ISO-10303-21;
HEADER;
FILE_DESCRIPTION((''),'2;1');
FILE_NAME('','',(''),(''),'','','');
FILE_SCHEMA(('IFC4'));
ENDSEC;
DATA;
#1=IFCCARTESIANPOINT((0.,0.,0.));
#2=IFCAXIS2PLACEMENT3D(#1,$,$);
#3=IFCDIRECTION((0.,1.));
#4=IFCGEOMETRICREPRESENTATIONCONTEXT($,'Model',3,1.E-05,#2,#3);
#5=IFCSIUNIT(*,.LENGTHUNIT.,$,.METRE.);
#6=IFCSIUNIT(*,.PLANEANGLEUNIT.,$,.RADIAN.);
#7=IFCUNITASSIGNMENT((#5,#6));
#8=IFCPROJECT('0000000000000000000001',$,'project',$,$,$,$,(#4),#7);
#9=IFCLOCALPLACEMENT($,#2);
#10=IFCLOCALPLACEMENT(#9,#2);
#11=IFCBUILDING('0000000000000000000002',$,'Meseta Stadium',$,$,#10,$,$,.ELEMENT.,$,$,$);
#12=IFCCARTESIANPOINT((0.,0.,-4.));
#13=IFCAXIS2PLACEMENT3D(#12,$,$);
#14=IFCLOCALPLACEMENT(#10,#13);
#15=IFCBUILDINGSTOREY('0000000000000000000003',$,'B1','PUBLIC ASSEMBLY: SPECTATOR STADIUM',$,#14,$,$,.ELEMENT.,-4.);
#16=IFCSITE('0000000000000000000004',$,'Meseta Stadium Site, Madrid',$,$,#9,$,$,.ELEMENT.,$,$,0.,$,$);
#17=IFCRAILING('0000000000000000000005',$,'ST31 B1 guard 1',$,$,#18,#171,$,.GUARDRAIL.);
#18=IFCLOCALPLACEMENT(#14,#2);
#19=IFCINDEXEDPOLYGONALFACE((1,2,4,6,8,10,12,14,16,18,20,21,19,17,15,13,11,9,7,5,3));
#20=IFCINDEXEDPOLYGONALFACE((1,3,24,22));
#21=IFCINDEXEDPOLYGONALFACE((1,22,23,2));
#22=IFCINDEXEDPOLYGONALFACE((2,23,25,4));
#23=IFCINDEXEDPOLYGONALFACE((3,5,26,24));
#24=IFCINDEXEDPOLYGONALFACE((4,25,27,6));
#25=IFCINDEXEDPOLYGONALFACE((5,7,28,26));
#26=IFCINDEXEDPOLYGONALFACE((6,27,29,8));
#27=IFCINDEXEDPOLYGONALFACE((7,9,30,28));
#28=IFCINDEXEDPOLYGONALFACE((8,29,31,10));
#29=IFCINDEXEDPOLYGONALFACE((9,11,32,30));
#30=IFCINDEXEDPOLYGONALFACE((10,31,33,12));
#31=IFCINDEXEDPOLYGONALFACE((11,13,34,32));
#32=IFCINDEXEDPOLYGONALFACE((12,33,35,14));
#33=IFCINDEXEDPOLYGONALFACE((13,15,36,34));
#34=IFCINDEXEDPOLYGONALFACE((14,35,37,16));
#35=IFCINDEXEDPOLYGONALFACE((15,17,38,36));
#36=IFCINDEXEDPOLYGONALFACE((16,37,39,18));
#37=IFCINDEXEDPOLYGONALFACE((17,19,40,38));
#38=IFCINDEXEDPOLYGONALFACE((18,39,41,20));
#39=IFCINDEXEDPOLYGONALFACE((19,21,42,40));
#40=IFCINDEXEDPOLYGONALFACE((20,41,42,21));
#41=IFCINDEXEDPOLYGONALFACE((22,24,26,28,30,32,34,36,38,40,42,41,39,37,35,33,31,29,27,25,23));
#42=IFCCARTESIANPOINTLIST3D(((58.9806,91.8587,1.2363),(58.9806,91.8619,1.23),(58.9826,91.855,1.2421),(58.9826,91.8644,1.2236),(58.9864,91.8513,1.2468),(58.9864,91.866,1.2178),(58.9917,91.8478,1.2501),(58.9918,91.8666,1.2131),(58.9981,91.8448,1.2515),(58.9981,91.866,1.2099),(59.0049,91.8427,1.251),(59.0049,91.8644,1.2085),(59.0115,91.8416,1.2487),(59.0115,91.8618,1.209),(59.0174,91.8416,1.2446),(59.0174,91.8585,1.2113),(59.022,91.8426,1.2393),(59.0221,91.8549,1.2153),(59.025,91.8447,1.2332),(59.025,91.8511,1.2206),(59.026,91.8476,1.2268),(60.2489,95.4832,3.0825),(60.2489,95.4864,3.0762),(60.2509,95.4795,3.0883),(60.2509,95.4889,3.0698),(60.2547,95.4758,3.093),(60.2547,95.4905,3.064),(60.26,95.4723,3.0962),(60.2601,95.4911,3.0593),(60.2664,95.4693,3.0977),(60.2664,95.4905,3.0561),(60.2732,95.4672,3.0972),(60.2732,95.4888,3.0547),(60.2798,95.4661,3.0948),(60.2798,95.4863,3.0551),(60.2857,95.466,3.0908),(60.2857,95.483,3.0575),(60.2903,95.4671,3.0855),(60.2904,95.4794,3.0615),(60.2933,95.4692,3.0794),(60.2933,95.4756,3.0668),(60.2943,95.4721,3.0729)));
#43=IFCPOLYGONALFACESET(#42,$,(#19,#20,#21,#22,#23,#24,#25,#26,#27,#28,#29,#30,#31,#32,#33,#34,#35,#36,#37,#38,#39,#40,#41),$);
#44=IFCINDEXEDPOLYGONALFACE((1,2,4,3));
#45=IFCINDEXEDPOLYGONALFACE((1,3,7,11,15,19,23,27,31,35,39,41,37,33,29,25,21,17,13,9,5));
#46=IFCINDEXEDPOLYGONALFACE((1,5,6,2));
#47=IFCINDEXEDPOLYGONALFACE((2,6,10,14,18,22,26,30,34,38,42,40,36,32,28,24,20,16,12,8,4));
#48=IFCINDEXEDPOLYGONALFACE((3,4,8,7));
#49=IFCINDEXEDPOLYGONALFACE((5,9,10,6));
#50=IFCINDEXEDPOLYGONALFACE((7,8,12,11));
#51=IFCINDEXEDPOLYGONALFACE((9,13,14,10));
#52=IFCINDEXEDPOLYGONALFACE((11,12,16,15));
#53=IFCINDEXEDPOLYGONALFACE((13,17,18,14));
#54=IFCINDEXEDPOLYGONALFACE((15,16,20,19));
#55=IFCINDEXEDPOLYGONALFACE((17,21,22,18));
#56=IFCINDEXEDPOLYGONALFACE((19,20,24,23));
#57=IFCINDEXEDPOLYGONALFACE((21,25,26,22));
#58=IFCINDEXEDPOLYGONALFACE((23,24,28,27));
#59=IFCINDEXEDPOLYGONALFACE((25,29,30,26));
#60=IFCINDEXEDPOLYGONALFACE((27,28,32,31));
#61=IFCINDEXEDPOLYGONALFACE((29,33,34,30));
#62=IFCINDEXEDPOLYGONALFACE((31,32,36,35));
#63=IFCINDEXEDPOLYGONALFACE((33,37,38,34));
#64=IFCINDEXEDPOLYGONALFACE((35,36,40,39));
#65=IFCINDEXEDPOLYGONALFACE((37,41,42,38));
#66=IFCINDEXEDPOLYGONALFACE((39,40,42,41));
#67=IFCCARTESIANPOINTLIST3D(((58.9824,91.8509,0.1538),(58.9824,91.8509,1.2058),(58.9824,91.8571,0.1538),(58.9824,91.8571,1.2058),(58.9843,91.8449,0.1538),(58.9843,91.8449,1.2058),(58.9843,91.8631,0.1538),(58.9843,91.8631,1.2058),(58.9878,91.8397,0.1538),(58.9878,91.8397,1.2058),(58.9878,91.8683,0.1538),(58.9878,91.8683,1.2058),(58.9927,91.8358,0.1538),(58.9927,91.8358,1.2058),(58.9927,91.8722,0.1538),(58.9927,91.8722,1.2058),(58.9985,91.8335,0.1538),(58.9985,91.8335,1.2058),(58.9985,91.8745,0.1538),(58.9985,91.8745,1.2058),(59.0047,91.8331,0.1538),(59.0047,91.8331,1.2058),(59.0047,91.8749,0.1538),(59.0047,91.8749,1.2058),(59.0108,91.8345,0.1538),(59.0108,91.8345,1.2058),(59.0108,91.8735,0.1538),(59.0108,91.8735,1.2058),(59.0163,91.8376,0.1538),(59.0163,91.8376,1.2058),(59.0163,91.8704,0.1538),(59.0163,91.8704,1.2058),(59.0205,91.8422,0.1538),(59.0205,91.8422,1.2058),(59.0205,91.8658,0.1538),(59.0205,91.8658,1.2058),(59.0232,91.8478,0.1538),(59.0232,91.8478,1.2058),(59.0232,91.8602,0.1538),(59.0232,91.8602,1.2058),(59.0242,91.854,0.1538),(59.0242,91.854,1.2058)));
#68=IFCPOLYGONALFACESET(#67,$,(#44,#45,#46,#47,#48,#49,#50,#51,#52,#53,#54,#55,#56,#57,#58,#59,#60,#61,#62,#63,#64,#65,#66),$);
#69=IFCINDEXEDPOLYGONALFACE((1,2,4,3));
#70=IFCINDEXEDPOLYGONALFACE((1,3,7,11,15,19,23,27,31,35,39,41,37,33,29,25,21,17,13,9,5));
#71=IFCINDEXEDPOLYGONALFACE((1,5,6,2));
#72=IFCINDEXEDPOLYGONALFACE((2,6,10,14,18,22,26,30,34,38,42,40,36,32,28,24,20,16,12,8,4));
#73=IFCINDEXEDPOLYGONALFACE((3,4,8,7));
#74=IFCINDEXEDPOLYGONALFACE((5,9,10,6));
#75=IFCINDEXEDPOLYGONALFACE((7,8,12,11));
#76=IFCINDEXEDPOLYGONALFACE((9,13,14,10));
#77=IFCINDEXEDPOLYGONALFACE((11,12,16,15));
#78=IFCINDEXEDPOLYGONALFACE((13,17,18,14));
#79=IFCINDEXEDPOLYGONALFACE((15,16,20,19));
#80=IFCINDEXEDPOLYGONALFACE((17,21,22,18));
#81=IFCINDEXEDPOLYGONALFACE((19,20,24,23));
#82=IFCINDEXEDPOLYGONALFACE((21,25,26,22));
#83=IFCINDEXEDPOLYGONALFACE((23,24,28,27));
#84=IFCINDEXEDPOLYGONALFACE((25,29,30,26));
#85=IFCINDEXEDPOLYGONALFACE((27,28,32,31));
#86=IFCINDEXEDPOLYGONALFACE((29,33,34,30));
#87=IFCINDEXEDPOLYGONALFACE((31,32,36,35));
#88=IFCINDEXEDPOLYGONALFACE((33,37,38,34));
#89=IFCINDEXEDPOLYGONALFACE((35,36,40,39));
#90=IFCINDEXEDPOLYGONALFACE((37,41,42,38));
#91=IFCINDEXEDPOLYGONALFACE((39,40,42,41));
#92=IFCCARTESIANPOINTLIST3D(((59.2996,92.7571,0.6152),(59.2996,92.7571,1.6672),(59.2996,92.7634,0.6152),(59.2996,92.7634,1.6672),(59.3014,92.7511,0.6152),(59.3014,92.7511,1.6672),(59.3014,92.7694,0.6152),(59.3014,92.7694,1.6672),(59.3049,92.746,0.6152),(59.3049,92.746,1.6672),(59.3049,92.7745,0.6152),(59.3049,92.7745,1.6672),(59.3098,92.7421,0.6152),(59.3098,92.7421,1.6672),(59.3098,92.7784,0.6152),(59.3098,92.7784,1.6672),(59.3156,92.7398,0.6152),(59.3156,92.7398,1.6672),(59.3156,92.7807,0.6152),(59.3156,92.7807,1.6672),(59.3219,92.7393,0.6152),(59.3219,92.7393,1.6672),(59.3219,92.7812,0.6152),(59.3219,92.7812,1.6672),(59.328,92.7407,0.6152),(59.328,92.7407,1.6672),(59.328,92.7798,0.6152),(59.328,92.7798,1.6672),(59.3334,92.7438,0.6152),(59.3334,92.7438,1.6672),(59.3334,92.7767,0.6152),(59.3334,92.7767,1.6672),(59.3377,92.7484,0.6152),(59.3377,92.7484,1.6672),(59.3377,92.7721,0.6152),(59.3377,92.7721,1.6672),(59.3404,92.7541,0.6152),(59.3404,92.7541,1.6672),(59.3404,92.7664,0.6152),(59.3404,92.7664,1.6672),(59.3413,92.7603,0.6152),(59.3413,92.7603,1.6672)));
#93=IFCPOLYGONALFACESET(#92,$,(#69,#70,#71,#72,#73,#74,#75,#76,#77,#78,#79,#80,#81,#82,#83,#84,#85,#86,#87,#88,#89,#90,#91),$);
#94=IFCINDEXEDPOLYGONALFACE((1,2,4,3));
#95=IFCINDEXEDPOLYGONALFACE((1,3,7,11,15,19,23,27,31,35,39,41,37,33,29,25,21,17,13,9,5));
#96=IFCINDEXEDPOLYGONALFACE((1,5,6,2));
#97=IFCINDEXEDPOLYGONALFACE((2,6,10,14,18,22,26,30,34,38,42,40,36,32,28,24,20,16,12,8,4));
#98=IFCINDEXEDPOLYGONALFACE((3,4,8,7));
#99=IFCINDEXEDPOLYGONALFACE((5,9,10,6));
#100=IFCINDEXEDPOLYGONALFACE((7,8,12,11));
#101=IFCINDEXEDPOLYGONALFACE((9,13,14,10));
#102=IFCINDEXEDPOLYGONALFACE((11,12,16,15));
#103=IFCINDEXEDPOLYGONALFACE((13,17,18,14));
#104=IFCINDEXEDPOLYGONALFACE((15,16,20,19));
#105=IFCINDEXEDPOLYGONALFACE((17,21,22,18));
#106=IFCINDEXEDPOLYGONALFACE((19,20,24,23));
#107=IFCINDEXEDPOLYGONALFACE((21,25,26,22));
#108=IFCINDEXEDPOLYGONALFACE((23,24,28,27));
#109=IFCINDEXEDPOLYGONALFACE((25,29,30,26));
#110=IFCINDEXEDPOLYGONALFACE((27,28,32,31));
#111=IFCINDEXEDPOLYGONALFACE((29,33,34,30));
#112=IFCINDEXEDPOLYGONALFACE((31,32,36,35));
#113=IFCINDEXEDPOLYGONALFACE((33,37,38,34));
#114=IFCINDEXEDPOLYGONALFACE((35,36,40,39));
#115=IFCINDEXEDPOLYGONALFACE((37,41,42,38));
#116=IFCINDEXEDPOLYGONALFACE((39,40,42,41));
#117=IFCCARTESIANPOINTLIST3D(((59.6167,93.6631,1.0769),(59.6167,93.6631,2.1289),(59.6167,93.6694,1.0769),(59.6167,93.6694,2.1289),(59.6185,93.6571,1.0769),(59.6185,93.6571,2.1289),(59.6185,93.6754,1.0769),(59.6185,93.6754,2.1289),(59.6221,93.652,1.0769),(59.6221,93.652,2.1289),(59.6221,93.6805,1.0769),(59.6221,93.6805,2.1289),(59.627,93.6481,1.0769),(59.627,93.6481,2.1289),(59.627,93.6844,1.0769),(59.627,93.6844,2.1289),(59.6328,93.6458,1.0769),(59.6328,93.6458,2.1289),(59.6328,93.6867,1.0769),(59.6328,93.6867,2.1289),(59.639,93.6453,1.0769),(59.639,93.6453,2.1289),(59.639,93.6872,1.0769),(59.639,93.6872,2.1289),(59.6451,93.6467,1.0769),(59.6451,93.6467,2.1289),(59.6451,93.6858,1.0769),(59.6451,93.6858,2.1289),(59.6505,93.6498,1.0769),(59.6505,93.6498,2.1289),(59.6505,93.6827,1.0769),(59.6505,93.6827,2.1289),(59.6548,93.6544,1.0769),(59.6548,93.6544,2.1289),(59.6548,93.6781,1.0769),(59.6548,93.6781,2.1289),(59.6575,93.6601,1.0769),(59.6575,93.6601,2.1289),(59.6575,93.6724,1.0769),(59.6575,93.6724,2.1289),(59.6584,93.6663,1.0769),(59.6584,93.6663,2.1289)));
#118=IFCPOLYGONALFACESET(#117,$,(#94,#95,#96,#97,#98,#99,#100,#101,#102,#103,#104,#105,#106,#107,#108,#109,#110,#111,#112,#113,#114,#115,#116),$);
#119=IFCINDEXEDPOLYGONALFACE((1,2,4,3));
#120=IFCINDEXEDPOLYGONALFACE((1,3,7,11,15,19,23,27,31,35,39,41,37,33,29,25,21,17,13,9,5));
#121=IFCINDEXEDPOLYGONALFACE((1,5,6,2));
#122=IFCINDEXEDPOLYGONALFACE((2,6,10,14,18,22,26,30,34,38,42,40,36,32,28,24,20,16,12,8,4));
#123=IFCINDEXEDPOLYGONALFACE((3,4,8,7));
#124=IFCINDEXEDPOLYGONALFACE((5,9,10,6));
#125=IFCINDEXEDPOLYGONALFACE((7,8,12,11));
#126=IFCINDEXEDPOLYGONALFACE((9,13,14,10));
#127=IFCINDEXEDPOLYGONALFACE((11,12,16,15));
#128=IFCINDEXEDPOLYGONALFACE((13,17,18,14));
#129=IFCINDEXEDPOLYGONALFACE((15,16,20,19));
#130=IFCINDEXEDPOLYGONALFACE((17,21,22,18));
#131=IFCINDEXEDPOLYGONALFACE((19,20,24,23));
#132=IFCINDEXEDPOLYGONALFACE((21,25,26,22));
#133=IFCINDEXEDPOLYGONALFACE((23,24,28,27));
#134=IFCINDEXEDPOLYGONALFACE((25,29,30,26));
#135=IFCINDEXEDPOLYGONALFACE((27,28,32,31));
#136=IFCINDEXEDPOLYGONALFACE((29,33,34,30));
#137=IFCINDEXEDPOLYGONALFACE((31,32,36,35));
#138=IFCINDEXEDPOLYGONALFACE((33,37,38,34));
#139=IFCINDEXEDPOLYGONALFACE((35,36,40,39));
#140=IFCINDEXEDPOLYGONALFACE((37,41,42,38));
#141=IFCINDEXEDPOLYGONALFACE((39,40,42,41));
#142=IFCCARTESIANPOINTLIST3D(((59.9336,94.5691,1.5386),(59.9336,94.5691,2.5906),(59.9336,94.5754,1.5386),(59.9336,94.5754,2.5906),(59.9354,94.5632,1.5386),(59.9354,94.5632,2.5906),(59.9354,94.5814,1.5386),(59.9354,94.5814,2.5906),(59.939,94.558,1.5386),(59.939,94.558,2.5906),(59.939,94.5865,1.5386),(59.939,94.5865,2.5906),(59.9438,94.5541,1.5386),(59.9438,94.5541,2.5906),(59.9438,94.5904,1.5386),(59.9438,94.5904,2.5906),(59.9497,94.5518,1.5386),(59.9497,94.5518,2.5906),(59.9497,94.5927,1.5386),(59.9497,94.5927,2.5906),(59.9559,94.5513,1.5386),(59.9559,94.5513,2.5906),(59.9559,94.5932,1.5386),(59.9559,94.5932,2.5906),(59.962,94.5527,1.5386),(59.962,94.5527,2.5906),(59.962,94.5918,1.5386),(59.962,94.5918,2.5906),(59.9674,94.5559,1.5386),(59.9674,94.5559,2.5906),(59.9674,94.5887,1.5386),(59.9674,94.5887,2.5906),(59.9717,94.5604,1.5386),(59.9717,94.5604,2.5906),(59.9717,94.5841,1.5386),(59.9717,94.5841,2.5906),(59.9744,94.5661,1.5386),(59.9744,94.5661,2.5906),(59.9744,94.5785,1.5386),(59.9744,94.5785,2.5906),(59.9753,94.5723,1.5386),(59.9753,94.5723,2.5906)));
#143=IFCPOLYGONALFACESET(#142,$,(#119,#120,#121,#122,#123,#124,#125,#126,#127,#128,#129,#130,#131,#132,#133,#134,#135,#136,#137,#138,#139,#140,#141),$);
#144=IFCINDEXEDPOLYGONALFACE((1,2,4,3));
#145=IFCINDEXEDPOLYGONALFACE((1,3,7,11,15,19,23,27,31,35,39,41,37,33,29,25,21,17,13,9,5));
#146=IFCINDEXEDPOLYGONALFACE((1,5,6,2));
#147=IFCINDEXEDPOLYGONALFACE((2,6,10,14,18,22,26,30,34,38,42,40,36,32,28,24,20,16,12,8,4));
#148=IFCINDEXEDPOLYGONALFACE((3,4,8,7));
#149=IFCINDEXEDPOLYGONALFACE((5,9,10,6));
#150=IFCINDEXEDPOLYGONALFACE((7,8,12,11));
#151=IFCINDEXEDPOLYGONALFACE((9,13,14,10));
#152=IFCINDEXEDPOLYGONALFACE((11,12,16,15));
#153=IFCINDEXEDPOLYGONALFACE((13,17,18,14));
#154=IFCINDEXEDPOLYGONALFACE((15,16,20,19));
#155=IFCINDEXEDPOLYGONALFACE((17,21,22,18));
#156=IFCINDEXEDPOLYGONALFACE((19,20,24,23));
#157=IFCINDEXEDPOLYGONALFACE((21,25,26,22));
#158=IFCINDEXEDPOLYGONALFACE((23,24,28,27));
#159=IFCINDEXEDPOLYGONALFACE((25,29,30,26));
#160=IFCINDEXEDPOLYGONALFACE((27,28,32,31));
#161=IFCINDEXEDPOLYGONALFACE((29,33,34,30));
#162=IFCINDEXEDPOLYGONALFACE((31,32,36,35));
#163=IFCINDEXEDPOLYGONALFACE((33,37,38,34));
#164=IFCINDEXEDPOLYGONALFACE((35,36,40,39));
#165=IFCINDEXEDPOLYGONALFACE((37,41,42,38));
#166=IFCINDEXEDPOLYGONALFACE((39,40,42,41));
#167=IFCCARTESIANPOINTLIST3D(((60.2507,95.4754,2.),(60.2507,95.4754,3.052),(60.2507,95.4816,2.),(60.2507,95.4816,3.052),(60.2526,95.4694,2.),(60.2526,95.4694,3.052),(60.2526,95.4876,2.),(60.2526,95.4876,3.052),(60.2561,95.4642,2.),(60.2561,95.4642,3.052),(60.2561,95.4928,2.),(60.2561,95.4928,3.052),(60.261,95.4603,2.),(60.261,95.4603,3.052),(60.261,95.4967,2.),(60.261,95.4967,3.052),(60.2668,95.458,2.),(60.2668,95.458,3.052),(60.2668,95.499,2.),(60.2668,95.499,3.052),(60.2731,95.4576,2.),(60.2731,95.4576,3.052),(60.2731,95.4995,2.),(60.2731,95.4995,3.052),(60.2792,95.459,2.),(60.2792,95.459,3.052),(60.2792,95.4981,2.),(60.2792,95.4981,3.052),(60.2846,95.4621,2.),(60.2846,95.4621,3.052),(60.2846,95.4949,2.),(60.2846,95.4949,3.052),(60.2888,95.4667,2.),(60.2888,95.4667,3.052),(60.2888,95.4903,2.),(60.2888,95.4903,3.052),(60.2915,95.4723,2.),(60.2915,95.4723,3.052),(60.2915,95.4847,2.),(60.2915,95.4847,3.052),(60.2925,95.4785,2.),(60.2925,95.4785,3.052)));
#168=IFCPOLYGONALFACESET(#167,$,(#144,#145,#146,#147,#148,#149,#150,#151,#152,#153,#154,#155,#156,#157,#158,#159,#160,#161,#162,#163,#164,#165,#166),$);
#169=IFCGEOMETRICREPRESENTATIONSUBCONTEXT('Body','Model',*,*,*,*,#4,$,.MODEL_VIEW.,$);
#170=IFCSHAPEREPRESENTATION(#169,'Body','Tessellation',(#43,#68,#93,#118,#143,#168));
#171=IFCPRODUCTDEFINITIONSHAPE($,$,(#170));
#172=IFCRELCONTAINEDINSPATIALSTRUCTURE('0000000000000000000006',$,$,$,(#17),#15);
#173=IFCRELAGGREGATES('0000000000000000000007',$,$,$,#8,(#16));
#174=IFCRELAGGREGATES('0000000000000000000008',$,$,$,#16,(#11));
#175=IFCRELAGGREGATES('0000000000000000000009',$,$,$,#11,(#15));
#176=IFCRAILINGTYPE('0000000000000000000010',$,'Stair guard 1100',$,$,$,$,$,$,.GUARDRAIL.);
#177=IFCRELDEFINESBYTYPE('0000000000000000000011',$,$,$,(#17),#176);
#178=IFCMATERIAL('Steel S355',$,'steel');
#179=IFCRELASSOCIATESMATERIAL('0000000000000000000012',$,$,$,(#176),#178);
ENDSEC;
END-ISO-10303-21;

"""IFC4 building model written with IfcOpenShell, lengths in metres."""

from ifc_helpers import new_model, si_unit, direction, frame, origin, origin_2d, place, context, subcontext, project, spatial, circle, extrude, material, type_object, element, save


model = new_model("IFC4")

# Units and contexts
model_context = context("Model", 3, precision=1e-05, world=origin(), true_north=direction((0.0, 1.0)))
body_context = subcontext(model_context, "Body", "Model", "MODEL_VIEW")
ifc_project = project(units=[si_unit("LENGTHUNIT", "METRE"), si_unit("PLANEANGLEUNIT", "RADIAN")], contexts=[model_context])

# Site, building, storey
site_placement = place(None, origin())
site = spatial("IfcSite", under=ifc_project, at=site_placement, Name="Meseta Stadium Site, Madrid", CompositionType="ELEMENT", RefElevation=0.0)
building_placement = place(site_placement, origin())
building = spatial("IfcBuilding", under=site, at=building_placement, Name="Meseta Stadium", CompositionType="ELEMENT")
storey_placement = place(building_placement, frame((0.0, 0.0, -4.0)))
storey = spatial("IfcBuildingStorey", under=building, at=storey_placement, Name="B1", Description="PUBLIC ASSEMBLY: SPECTATOR STADIUM", CompositionType="ELEMENT", Elevation=-4.0)

# Railing
ifc_material_1 = material(Name="Steel S355", Category="steel")
railing_type_1 = type_object("IfcRailingType", Name="Stair guard 1100", PredefinedType="GUARDRAIL", material=ifc_material_1)
railing_1_placement = place(storey_placement, frame((59.0032, 91.854, 0.1538)))
element("IfcRailing", 1, at=railing_1_placement, inside=storey, type_object=railing_type_1, Name="ST31 B1 guard 1", PredefinedType="GUARDRAIL", context=body_context, shape_type="SweptSolid", body=[
    extrude(circle(Radius=0.0239, at=origin_2d()), frame((0.0, 0.0, 1.0762), z_axis=(0.297672, 0.850672, 0.4333), x_axis=(-0.94388, 0.330288, 0.0)), (0.0, 0.0, 1.0), 4.2607),
    extrude(circle(Radius=0.021, at=origin_2d()), origin(), (0.0, 0.0, 1.0), 1.052),
    extrude(circle(Radius=0.021, at=origin_2d()), frame((0.3171, 0.9062, 0.4614)), (0.0, 0.0, 1.0), 1.052),
    extrude(circle(Radius=0.021, at=origin_2d()), frame((0.6343, 1.8123, 0.9231)), (0.0, 0.0, 1.0), 1.052),
    extrude(circle(Radius=0.021, at=origin_2d()), frame((0.9512, 2.7183, 1.3848)), (0.0, 0.0, 1.0), 1.052),
    extrude(circle(Radius=0.021, at=origin_2d()), frame((1.2683, 3.6245, 1.8462)), (0.0, 0.0, 1.0), 1.052),
])

save(model, "model.ifc")
